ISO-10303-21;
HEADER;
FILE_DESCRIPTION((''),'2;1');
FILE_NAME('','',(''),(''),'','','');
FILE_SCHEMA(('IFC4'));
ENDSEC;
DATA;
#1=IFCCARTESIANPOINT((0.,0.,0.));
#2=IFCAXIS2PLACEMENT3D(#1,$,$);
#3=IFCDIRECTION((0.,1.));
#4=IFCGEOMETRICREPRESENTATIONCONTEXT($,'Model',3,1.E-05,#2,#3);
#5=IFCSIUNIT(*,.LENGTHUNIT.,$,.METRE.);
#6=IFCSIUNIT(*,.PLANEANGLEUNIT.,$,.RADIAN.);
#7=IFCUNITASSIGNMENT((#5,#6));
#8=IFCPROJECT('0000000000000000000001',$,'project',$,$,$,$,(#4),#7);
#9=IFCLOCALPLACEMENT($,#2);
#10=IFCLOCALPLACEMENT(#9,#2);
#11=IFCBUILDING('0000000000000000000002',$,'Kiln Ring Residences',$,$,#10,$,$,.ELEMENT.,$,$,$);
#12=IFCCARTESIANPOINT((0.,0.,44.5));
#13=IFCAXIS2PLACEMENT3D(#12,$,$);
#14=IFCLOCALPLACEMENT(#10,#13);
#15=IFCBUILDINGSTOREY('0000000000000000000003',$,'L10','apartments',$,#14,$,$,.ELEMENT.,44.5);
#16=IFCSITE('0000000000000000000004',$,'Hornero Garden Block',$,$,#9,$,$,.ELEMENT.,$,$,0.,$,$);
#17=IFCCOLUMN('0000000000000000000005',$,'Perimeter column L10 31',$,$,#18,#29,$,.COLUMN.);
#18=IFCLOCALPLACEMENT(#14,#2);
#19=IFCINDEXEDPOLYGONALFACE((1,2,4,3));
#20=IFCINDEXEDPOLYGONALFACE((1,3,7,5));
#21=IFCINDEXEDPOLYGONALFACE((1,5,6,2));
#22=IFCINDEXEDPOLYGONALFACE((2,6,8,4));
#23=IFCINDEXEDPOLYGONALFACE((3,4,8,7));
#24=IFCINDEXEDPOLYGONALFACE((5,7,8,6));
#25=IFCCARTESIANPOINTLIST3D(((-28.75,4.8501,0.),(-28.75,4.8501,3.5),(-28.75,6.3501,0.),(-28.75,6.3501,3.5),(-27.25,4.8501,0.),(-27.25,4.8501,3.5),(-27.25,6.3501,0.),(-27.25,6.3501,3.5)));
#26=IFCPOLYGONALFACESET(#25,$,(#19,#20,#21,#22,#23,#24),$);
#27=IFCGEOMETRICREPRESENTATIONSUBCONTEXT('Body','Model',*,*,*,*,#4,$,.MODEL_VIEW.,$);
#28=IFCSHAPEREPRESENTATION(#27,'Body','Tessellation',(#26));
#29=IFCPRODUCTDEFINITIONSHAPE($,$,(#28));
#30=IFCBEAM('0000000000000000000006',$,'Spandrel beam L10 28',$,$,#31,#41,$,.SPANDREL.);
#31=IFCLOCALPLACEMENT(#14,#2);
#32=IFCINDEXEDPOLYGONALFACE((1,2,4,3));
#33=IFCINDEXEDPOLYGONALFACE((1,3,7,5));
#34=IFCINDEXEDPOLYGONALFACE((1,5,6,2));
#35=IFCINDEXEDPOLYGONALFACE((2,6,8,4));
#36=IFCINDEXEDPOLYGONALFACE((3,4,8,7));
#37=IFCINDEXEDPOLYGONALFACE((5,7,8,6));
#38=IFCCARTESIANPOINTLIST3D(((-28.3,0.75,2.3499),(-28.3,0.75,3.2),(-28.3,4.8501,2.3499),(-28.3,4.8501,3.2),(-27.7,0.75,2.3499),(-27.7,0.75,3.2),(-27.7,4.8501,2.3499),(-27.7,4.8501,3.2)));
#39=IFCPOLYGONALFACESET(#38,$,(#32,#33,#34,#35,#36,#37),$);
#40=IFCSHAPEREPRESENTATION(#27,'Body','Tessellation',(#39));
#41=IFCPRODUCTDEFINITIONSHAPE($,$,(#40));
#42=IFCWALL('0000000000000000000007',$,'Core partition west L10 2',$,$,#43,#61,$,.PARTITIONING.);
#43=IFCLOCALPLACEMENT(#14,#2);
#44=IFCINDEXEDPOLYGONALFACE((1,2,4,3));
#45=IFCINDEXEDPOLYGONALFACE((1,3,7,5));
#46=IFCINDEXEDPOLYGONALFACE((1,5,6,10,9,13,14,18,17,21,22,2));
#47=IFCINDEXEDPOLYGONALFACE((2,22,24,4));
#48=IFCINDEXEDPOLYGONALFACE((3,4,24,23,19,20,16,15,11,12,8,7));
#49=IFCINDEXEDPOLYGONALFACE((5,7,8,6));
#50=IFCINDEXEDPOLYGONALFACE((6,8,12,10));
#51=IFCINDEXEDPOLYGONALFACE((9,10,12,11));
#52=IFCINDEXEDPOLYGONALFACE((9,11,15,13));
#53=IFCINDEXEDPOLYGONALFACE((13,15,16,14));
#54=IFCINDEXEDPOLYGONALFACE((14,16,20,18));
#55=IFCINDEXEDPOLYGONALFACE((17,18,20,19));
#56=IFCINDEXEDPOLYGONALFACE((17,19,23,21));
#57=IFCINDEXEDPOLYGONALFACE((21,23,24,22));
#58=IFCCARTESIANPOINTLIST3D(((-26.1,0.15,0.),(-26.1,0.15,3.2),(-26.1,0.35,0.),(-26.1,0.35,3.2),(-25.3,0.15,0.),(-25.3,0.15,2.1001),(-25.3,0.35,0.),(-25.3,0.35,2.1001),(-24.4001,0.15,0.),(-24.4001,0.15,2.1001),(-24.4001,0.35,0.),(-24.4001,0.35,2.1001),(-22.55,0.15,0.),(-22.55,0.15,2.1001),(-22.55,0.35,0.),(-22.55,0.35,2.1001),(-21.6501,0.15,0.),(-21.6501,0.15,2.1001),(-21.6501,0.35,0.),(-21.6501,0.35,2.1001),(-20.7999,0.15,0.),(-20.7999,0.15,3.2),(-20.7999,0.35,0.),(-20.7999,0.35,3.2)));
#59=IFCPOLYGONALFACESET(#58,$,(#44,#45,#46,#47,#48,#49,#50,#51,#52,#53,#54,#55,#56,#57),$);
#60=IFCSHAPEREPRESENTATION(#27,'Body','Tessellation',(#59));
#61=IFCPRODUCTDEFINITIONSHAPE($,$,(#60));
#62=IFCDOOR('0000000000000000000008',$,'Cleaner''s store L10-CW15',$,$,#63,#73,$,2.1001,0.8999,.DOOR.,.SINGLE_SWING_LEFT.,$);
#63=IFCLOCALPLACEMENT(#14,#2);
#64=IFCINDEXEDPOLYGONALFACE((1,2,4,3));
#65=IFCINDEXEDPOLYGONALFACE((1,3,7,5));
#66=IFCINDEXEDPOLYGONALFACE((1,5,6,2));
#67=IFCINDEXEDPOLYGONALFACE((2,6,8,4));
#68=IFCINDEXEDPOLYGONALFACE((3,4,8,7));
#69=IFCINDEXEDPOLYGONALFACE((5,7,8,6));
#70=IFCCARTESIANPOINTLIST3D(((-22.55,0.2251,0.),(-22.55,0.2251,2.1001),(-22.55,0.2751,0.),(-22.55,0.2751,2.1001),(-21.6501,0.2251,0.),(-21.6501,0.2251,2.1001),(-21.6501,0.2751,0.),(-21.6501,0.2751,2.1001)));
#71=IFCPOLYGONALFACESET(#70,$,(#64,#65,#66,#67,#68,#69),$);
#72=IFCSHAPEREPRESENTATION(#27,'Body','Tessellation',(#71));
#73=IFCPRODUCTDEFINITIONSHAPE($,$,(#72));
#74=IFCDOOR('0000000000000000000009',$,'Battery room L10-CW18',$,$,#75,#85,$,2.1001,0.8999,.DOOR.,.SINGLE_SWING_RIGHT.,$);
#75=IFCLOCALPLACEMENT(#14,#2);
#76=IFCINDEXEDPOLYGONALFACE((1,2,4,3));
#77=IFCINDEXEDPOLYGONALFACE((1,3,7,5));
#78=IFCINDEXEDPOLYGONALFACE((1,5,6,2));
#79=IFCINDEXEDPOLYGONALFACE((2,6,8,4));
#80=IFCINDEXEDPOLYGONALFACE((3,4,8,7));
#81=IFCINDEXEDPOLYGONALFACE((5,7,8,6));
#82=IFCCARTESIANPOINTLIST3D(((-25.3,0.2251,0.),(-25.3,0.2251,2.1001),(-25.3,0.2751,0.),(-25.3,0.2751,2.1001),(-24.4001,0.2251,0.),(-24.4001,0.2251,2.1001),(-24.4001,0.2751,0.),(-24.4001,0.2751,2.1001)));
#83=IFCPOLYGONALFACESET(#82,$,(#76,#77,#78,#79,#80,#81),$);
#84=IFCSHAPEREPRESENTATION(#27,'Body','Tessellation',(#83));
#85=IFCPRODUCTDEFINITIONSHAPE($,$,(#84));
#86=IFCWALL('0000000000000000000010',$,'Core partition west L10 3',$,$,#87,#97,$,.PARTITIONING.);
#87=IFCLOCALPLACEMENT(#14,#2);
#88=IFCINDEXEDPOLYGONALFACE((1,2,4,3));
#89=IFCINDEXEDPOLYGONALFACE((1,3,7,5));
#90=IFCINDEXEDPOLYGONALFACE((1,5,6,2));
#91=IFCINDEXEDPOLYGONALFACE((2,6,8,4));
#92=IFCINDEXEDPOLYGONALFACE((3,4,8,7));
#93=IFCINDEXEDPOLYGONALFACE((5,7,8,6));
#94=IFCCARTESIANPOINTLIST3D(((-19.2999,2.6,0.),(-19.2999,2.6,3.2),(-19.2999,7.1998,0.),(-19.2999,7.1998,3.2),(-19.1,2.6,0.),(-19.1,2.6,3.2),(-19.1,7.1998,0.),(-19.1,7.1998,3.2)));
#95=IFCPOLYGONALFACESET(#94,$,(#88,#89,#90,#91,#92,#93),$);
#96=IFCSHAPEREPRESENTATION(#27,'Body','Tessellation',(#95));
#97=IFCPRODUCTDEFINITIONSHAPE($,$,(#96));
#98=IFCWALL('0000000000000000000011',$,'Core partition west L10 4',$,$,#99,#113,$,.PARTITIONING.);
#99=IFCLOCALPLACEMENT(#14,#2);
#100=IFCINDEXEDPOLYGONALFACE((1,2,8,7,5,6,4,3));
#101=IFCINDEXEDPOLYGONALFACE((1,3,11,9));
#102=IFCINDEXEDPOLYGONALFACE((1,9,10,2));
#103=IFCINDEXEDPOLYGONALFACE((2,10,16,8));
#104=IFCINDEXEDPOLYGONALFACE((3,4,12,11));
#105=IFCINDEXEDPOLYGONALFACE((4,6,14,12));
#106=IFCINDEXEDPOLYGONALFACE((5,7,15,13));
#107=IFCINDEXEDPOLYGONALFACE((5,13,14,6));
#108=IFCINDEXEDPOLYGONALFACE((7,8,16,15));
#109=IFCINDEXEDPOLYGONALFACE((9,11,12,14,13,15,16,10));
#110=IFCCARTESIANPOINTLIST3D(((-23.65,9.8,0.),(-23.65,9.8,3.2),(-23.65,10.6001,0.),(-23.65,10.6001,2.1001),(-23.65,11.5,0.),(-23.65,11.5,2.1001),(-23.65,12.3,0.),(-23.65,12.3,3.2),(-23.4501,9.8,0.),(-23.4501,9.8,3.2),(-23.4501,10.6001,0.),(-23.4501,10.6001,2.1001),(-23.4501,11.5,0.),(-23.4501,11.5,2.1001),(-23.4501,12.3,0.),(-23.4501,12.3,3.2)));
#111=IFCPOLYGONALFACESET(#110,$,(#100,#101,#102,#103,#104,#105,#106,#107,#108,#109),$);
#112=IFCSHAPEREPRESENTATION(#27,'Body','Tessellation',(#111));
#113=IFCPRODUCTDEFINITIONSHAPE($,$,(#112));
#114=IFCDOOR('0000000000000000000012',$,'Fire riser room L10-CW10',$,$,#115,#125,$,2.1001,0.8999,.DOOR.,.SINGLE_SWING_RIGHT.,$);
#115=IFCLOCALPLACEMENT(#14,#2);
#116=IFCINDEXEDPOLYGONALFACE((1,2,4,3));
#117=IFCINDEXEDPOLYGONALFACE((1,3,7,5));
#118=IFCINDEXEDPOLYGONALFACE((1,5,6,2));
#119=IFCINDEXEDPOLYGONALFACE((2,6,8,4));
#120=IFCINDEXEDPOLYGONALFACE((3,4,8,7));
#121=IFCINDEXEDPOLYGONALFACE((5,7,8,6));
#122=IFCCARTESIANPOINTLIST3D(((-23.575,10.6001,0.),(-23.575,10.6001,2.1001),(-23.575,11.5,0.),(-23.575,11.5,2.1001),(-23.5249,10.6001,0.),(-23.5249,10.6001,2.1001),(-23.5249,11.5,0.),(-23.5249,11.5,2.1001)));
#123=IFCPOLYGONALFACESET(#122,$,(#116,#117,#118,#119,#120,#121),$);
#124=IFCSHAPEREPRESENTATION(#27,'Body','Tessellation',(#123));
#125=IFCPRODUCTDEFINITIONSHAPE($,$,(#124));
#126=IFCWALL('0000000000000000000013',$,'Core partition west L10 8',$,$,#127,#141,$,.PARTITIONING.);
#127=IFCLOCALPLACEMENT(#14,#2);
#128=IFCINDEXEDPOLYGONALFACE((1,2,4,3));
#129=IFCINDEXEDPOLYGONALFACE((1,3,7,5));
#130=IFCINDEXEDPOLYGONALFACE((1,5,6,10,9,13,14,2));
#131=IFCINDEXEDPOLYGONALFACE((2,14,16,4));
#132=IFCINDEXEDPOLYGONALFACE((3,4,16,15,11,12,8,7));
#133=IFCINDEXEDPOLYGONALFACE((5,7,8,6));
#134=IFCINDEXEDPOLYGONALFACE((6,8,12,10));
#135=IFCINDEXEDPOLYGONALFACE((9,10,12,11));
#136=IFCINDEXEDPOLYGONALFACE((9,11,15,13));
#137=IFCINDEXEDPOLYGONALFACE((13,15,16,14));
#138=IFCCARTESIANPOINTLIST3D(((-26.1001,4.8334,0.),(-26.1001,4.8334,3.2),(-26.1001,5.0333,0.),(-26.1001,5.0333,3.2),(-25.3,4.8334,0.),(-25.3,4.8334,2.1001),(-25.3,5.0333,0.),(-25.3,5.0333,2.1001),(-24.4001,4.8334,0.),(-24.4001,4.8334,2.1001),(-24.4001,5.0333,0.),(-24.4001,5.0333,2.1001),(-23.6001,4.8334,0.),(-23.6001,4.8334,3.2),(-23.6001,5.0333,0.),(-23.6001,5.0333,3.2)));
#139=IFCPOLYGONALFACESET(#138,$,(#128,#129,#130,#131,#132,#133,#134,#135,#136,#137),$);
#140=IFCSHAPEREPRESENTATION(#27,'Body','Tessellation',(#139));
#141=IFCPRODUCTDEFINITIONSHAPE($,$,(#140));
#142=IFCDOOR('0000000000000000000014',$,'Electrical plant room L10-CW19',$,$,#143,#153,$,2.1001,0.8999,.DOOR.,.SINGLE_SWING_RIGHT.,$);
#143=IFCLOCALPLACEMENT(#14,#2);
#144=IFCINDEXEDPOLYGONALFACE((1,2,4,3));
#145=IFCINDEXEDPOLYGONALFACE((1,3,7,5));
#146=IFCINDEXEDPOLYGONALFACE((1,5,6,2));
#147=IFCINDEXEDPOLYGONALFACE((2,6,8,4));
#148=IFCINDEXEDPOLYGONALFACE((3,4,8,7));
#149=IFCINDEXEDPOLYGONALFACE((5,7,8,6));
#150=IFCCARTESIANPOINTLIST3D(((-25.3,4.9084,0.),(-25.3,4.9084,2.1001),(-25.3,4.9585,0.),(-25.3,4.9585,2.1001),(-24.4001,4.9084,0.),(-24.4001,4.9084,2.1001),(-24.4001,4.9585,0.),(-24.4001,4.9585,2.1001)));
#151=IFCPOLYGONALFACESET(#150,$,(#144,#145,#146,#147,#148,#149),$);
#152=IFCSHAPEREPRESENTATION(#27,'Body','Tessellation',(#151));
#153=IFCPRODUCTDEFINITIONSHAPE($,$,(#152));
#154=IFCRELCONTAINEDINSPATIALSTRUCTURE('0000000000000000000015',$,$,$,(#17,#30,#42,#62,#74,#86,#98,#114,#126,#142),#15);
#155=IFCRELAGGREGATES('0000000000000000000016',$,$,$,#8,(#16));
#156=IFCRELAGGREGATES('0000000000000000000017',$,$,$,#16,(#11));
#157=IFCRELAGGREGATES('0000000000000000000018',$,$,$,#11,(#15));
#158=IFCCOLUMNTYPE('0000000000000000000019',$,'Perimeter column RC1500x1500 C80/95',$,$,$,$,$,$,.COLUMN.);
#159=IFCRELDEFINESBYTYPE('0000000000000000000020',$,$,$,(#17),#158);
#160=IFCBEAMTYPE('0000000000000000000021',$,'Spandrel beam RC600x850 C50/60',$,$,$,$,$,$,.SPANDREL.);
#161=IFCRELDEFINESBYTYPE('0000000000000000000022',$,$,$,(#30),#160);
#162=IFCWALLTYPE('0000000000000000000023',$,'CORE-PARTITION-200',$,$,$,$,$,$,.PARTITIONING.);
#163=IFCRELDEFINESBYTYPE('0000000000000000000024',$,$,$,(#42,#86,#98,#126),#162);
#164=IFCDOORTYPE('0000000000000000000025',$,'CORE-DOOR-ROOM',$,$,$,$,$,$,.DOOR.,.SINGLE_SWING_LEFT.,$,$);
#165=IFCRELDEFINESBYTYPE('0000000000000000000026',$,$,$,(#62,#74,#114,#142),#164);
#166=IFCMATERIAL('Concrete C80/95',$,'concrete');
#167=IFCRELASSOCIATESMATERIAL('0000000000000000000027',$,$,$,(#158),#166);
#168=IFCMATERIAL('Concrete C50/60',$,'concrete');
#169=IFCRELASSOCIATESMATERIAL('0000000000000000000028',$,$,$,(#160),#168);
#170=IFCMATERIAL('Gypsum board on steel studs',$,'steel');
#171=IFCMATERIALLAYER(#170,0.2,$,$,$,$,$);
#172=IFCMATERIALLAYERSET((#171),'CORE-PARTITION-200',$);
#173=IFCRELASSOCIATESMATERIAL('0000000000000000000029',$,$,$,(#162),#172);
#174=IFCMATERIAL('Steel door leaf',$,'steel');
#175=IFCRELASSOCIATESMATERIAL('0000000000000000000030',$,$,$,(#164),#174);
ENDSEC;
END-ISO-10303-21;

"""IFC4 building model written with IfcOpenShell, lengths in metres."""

from ifc_helpers import new_model, si_unit, direction, frame, frame_2d, origin, origin_2d, place, context, subcontext, project, spatial, rectangle, extrude, material, layer, layer_set, material_profile, profile_set, type_object, element, fill, save


model = new_model("IFC4")

# Units and contexts
model_context = context("Model", 3, precision=1e-05, world=origin(), true_north=direction((0.0, 1.0)))
body_context = subcontext(model_context, "Body", "Model", "MODEL_VIEW")
ifc_project = project(units=[si_unit("LENGTHUNIT", "METRE"), si_unit("PLANEANGLEUNIT", "RADIAN")], contexts=[model_context])

# Site, building, storey
site_placement = place(None, origin())
site = spatial("IfcSite", under=ifc_project, at=site_placement, Name="Hornero Garden Block", CompositionType="ELEMENT", RefElevation=0.0)
building_placement = place(site_placement, origin())
building = spatial("IfcBuilding", under=site, at=building_placement, Name="Kiln Ring Residences", CompositionType="ELEMENT")
storey_placement = place(building_placement, frame((0.0, 0.0, 44.5)))
storey = spatial("IfcBuildingStorey", under=building, at=storey_placement, Name="L10", Description="apartments", CompositionType="ELEMENT", Elevation=44.5)

# Column
ifc_material_1 = material(Name="Concrete C80/95", Category="concrete")
ifc_material_profile_1 = material_profile(ifc_material_1, rectangle(XDim=1.5, YDim=1.5, at=origin_2d()), Name="RC1500x1500")
ifc_profile_set_1 = profile_set([ifc_material_profile_1], Name="Concrete C80/95")
column_type = type_object("IfcColumnType", Name="Perimeter column RC1500x1500 C80/95", PredefinedType="COLUMN", material=ifc_profile_set_1)
column_placement = place(storey_placement, frame((-28.0, 5.6001, 0.0), z_axis=(0.0, 0.0, 1.0), x_axis=(1.0, 0.0, 0.0)))
element("IfcColumn", 1, at=column_placement, inside=storey, type_object=column_type, Name="Perimeter column L10 31", PredefinedType="COLUMN", context=body_context, shape_type="SweptSolid", body=[
    extrude(rectangle(XDim=1.5, YDim=1.5, at=origin_2d()), origin(), (0.0, 0.0, 1.0), 3.5),
])

# Beam
ifc_material_2 = material(Name="Concrete C50/60", Category="concrete")
ifc_material_profile_2 = material_profile(ifc_material_2, rectangle(XDim=0.6001, YDim=0.8501, at=origin_2d()), Name="RC600x850")
ifc_profile_set_2 = profile_set([ifc_material_profile_2], Name="Concrete C50/60")
beam_type = type_object("IfcBeamType", Name="Spandrel beam RC600x850 C50/60", PredefinedType="SPANDREL", material=ifc_profile_set_2)
beam_placement = place(storey_placement, frame((-28.0, 4.8501, 2.7749), z_axis=(0.0, -1.0, 0.0), x_axis=(1.0, 0.0, 0.0)))
element("IfcBeam", 2, at=beam_placement, inside=storey, type_object=beam_type, Name="Spandrel beam L10 28", PredefinedType="SPANDREL", context=body_context, shape_type="SweptSolid", body=[
    extrude(rectangle(XDim=0.6001, YDim=0.8501, at=origin_2d()), origin(), (0.0, 0.0, 1.0), 4.1001),
])

# Wall, openings, doors
ifc_material_3 = material(Name="Gypsum board on steel studs", Category="steel")
ifc_layer_1 = layer(ifc_material_3, 0.2)
ifc_layer_set_1 = layer_set([ifc_layer_1], Name="CORE-PARTITION-200")
wall_type_1 = type_object("IfcWallType", Name="CORE-PARTITION-200", PredefinedType="PARTITIONING", material=ifc_layer_set_1)
wall_1_placement = place(storey_placement, frame((-20.8, 0.25, 0.0), z_axis=(0.0, 0.0, 1.0), x_axis=(-1.0, 0.0, 0.0)))
wall_1 = element("IfcWall", 3, at=wall_1_placement, inside=storey, type_object=wall_type_1, Name="Core partition west L10 2", PredefinedType="PARTITIONING", context=body_context, shape_type="SweptSolid", body=[
    extrude(rectangle(XDim=5.3, YDim=0.2, at=frame_2d((2.6499, 0.0))), origin(), (0.0, 0.0, 1.0), 3.2),
])
opening_1_placement = place(wall_1_placement, frame((0.8501, 0.0, 0.0)))
opening_1 = element("IfcOpeningElement", 4, at=opening_1_placement, cuts=wall_1, PredefinedType="OPENING", context=body_context, shape_type="SweptSolid", body=[
    extrude(rectangle(XDim=0.8999, YDim=2.1001, at=frame_2d((0.45, 1.05))), frame((0.0, 0.1099, 0.0), z_axis=(0.0, -1.0, 0.0), x_axis=(1.0, 0.0, 0.0)), (0.0, 0.0, 1.0), 0.22),
])
opening_2_placement = place(wall_1_placement, frame((3.6001, 0.0, 0.0)))
opening_2 = element("IfcOpeningElement", 5, at=opening_2_placement, cuts=wall_1, PredefinedType="OPENING", context=body_context, shape_type="SweptSolid", body=[
    extrude(rectangle(XDim=0.8999, YDim=2.1001, at=frame_2d((0.45, 1.05))), frame((0.0, 0.1099, 0.0), z_axis=(0.0, -1.0, 0.0), x_axis=(1.0, 0.0, 0.0)), (0.0, 0.0, 1.0), 0.22),
])
ifc_material_4 = material(Name="Steel door leaf", Category="steel")
door_type = type_object("IfcDoorType", Name="CORE-DOOR-ROOM", OperationType="SINGLE_SWING_LEFT", PredefinedType="DOOR", material=ifc_material_4)
door_1_placement = place(opening_1_placement, origin())
door_1 = element("IfcDoor", 6, at=door_1_placement, inside=storey, type_object=door_type, Name="Cleaner's store L10-CW15", OperationType="SINGLE_SWING_LEFT", OverallHeight=2.1001, OverallWidth=0.8999, PredefinedType="DOOR", context=body_context, shape_type="SweptSolid", body=[
    extrude(rectangle(XDim=0.8999, YDim=2.1001, at=frame_2d((0.45, 1.05))), frame((0.0, 0.0249, 0.0), z_axis=(0.0, -1.0, 0.0), x_axis=(1.0, 0.0, 0.0)), (0.0, 0.0, 1.0), 0.05),
])
fill(opening_1, door_1)
door_2_placement = place(opening_2_placement, origin())
door_2 = element("IfcDoor", 7, at=door_2_placement, inside=storey, type_object=door_type, Name="Battery room L10-CW18", OperationType="SINGLE_SWING_RIGHT", OverallHeight=2.1001, OverallWidth=0.8999, PredefinedType="DOOR", context=body_context, shape_type="SweptSolid", body=[
    extrude(rectangle(XDim=0.8999, YDim=2.1001, at=frame_2d((0.45, 1.05))), frame((0.0, 0.0249, 0.0), z_axis=(0.0, -1.0, 0.0), x_axis=(1.0, 0.0, 0.0)), (0.0, 0.0, 1.0), 0.05),
])
fill(opening_2, door_2)

# Wall
wall_2_placement = place(storey_placement, frame((-19.2, 2.6001, 0.0), z_axis=(0.0, 0.0, 1.0), x_axis=(0.0, 1.0, 0.0)))
element("IfcWall", 8, at=wall_2_placement, inside=storey, type_object=wall_type_1, Name="Core partition west L10 3", PredefinedType="PARTITIONING", context=body_context, shape_type="SweptSolid", body=[
    extrude(rectangle(XDim=4.5999, YDim=0.2, at=frame_2d((2.2998, 0.0))), origin(), (0.0, 0.0, 1.0), 3.2),
])

# Walls, openings, doors
wall_3_placement = place(storey_placement, frame((-23.55, 9.8, 0.0), z_axis=(0.0, 0.0, 1.0), x_axis=(0.0, 1.0, 0.0)))
wall_3 = element("IfcWall", 9, at=wall_3_placement, inside=storey, type_object=wall_type_1, Name="Core partition west L10 4", PredefinedType="PARTITIONING", context=body_context, shape_type="SweptSolid", body=[
    extrude(rectangle(XDim=2.5, YDim=0.2, at=frame_2d((1.25, 0.0))), origin(), (0.0, 0.0, 1.0), 3.2),
])
opening_3_placement = place(wall_3_placement, frame((0.8, 0.0, 0.0)))
opening_3 = element("IfcOpeningElement", 10, at=opening_3_placement, cuts=wall_3, PredefinedType="OPENING", context=body_context, shape_type="SweptSolid", body=[
    extrude(rectangle(XDim=0.8999, YDim=2.1001, at=frame_2d((0.45, 1.05))), frame((0.0, 0.1099, 0.0), z_axis=(0.0, -1.0, 0.0), x_axis=(1.0, 0.0, 0.0)), (0.0, 0.0, 1.0), 0.22),
])
door_3_placement = place(opening_3_placement, origin())
door_3 = element("IfcDoor", 11, at=door_3_placement, inside=storey, type_object=door_type, Name="Fire riser room L10-CW10", OperationType="SINGLE_SWING_RIGHT", OverallHeight=2.1001, OverallWidth=0.8999, PredefinedType="DOOR", context=body_context, shape_type="SweptSolid", body=[
    extrude(rectangle(XDim=0.8999, YDim=2.1001, at=frame_2d((0.45, 1.05))), frame((0.0, 0.0249, 0.0), z_axis=(0.0, -1.0, 0.0), x_axis=(1.0, 0.0, 0.0)), (0.0, 0.0, 1.0), 0.05),
])
fill(opening_3, door_3)
wall_4_placement = place(storey_placement, frame((-23.6001, 4.9333, 0.0), z_axis=(0.0, 0.0, 1.0), x_axis=(-1.0, 0.0, 0.0)))
wall_4 = element("IfcWall", 12, at=wall_4_placement, inside=storey, type_object=wall_type_1, Name="Core partition west L10 8", PredefinedType="PARTITIONING", context=body_context, shape_type="SweptSolid", body=[
    extrude(rectangle(XDim=2.5, YDim=0.2, at=frame_2d((1.25, 0.0))), origin(), (0.0, 0.0, 1.0), 3.2),
])
opening_4_placement = place(wall_4_placement, frame((0.8, 0.0, 0.0)))
opening_4 = element("IfcOpeningElement", 13, at=opening_4_placement, cuts=wall_4, PredefinedType="OPENING", context=body_context, shape_type="SweptSolid", body=[
    extrude(rectangle(XDim=0.8999, YDim=2.1001, at=frame_2d((0.45, 1.05))), frame((0.0, 0.1099, 0.0), z_axis=(0.0, -1.0, 0.0), x_axis=(1.0, 0.0, 0.0)), (0.0, 0.0, 1.0), 0.22),
])
door_4_placement = place(opening_4_placement, origin())
door_4 = element("IfcDoor", 14, at=door_4_placement, inside=storey, type_object=door_type, Name="Electrical plant room L10-CW19", OperationType="SINGLE_SWING_RIGHT", OverallHeight=2.1001, OverallWidth=0.8999, PredefinedType="DOOR", context=body_context, shape_type="SweptSolid", body=[
    extrude(rectangle(XDim=0.8999, YDim=2.1001, at=frame_2d((0.45, 1.05))), frame((0.0, 0.0249, 0.0), z_axis=(0.0, -1.0, 0.0), x_axis=(1.0, 0.0, 0.0)), (0.0, 0.0, 1.0), 0.05),
])
fill(opening_4, door_4)

save(model, "model.ifc")
